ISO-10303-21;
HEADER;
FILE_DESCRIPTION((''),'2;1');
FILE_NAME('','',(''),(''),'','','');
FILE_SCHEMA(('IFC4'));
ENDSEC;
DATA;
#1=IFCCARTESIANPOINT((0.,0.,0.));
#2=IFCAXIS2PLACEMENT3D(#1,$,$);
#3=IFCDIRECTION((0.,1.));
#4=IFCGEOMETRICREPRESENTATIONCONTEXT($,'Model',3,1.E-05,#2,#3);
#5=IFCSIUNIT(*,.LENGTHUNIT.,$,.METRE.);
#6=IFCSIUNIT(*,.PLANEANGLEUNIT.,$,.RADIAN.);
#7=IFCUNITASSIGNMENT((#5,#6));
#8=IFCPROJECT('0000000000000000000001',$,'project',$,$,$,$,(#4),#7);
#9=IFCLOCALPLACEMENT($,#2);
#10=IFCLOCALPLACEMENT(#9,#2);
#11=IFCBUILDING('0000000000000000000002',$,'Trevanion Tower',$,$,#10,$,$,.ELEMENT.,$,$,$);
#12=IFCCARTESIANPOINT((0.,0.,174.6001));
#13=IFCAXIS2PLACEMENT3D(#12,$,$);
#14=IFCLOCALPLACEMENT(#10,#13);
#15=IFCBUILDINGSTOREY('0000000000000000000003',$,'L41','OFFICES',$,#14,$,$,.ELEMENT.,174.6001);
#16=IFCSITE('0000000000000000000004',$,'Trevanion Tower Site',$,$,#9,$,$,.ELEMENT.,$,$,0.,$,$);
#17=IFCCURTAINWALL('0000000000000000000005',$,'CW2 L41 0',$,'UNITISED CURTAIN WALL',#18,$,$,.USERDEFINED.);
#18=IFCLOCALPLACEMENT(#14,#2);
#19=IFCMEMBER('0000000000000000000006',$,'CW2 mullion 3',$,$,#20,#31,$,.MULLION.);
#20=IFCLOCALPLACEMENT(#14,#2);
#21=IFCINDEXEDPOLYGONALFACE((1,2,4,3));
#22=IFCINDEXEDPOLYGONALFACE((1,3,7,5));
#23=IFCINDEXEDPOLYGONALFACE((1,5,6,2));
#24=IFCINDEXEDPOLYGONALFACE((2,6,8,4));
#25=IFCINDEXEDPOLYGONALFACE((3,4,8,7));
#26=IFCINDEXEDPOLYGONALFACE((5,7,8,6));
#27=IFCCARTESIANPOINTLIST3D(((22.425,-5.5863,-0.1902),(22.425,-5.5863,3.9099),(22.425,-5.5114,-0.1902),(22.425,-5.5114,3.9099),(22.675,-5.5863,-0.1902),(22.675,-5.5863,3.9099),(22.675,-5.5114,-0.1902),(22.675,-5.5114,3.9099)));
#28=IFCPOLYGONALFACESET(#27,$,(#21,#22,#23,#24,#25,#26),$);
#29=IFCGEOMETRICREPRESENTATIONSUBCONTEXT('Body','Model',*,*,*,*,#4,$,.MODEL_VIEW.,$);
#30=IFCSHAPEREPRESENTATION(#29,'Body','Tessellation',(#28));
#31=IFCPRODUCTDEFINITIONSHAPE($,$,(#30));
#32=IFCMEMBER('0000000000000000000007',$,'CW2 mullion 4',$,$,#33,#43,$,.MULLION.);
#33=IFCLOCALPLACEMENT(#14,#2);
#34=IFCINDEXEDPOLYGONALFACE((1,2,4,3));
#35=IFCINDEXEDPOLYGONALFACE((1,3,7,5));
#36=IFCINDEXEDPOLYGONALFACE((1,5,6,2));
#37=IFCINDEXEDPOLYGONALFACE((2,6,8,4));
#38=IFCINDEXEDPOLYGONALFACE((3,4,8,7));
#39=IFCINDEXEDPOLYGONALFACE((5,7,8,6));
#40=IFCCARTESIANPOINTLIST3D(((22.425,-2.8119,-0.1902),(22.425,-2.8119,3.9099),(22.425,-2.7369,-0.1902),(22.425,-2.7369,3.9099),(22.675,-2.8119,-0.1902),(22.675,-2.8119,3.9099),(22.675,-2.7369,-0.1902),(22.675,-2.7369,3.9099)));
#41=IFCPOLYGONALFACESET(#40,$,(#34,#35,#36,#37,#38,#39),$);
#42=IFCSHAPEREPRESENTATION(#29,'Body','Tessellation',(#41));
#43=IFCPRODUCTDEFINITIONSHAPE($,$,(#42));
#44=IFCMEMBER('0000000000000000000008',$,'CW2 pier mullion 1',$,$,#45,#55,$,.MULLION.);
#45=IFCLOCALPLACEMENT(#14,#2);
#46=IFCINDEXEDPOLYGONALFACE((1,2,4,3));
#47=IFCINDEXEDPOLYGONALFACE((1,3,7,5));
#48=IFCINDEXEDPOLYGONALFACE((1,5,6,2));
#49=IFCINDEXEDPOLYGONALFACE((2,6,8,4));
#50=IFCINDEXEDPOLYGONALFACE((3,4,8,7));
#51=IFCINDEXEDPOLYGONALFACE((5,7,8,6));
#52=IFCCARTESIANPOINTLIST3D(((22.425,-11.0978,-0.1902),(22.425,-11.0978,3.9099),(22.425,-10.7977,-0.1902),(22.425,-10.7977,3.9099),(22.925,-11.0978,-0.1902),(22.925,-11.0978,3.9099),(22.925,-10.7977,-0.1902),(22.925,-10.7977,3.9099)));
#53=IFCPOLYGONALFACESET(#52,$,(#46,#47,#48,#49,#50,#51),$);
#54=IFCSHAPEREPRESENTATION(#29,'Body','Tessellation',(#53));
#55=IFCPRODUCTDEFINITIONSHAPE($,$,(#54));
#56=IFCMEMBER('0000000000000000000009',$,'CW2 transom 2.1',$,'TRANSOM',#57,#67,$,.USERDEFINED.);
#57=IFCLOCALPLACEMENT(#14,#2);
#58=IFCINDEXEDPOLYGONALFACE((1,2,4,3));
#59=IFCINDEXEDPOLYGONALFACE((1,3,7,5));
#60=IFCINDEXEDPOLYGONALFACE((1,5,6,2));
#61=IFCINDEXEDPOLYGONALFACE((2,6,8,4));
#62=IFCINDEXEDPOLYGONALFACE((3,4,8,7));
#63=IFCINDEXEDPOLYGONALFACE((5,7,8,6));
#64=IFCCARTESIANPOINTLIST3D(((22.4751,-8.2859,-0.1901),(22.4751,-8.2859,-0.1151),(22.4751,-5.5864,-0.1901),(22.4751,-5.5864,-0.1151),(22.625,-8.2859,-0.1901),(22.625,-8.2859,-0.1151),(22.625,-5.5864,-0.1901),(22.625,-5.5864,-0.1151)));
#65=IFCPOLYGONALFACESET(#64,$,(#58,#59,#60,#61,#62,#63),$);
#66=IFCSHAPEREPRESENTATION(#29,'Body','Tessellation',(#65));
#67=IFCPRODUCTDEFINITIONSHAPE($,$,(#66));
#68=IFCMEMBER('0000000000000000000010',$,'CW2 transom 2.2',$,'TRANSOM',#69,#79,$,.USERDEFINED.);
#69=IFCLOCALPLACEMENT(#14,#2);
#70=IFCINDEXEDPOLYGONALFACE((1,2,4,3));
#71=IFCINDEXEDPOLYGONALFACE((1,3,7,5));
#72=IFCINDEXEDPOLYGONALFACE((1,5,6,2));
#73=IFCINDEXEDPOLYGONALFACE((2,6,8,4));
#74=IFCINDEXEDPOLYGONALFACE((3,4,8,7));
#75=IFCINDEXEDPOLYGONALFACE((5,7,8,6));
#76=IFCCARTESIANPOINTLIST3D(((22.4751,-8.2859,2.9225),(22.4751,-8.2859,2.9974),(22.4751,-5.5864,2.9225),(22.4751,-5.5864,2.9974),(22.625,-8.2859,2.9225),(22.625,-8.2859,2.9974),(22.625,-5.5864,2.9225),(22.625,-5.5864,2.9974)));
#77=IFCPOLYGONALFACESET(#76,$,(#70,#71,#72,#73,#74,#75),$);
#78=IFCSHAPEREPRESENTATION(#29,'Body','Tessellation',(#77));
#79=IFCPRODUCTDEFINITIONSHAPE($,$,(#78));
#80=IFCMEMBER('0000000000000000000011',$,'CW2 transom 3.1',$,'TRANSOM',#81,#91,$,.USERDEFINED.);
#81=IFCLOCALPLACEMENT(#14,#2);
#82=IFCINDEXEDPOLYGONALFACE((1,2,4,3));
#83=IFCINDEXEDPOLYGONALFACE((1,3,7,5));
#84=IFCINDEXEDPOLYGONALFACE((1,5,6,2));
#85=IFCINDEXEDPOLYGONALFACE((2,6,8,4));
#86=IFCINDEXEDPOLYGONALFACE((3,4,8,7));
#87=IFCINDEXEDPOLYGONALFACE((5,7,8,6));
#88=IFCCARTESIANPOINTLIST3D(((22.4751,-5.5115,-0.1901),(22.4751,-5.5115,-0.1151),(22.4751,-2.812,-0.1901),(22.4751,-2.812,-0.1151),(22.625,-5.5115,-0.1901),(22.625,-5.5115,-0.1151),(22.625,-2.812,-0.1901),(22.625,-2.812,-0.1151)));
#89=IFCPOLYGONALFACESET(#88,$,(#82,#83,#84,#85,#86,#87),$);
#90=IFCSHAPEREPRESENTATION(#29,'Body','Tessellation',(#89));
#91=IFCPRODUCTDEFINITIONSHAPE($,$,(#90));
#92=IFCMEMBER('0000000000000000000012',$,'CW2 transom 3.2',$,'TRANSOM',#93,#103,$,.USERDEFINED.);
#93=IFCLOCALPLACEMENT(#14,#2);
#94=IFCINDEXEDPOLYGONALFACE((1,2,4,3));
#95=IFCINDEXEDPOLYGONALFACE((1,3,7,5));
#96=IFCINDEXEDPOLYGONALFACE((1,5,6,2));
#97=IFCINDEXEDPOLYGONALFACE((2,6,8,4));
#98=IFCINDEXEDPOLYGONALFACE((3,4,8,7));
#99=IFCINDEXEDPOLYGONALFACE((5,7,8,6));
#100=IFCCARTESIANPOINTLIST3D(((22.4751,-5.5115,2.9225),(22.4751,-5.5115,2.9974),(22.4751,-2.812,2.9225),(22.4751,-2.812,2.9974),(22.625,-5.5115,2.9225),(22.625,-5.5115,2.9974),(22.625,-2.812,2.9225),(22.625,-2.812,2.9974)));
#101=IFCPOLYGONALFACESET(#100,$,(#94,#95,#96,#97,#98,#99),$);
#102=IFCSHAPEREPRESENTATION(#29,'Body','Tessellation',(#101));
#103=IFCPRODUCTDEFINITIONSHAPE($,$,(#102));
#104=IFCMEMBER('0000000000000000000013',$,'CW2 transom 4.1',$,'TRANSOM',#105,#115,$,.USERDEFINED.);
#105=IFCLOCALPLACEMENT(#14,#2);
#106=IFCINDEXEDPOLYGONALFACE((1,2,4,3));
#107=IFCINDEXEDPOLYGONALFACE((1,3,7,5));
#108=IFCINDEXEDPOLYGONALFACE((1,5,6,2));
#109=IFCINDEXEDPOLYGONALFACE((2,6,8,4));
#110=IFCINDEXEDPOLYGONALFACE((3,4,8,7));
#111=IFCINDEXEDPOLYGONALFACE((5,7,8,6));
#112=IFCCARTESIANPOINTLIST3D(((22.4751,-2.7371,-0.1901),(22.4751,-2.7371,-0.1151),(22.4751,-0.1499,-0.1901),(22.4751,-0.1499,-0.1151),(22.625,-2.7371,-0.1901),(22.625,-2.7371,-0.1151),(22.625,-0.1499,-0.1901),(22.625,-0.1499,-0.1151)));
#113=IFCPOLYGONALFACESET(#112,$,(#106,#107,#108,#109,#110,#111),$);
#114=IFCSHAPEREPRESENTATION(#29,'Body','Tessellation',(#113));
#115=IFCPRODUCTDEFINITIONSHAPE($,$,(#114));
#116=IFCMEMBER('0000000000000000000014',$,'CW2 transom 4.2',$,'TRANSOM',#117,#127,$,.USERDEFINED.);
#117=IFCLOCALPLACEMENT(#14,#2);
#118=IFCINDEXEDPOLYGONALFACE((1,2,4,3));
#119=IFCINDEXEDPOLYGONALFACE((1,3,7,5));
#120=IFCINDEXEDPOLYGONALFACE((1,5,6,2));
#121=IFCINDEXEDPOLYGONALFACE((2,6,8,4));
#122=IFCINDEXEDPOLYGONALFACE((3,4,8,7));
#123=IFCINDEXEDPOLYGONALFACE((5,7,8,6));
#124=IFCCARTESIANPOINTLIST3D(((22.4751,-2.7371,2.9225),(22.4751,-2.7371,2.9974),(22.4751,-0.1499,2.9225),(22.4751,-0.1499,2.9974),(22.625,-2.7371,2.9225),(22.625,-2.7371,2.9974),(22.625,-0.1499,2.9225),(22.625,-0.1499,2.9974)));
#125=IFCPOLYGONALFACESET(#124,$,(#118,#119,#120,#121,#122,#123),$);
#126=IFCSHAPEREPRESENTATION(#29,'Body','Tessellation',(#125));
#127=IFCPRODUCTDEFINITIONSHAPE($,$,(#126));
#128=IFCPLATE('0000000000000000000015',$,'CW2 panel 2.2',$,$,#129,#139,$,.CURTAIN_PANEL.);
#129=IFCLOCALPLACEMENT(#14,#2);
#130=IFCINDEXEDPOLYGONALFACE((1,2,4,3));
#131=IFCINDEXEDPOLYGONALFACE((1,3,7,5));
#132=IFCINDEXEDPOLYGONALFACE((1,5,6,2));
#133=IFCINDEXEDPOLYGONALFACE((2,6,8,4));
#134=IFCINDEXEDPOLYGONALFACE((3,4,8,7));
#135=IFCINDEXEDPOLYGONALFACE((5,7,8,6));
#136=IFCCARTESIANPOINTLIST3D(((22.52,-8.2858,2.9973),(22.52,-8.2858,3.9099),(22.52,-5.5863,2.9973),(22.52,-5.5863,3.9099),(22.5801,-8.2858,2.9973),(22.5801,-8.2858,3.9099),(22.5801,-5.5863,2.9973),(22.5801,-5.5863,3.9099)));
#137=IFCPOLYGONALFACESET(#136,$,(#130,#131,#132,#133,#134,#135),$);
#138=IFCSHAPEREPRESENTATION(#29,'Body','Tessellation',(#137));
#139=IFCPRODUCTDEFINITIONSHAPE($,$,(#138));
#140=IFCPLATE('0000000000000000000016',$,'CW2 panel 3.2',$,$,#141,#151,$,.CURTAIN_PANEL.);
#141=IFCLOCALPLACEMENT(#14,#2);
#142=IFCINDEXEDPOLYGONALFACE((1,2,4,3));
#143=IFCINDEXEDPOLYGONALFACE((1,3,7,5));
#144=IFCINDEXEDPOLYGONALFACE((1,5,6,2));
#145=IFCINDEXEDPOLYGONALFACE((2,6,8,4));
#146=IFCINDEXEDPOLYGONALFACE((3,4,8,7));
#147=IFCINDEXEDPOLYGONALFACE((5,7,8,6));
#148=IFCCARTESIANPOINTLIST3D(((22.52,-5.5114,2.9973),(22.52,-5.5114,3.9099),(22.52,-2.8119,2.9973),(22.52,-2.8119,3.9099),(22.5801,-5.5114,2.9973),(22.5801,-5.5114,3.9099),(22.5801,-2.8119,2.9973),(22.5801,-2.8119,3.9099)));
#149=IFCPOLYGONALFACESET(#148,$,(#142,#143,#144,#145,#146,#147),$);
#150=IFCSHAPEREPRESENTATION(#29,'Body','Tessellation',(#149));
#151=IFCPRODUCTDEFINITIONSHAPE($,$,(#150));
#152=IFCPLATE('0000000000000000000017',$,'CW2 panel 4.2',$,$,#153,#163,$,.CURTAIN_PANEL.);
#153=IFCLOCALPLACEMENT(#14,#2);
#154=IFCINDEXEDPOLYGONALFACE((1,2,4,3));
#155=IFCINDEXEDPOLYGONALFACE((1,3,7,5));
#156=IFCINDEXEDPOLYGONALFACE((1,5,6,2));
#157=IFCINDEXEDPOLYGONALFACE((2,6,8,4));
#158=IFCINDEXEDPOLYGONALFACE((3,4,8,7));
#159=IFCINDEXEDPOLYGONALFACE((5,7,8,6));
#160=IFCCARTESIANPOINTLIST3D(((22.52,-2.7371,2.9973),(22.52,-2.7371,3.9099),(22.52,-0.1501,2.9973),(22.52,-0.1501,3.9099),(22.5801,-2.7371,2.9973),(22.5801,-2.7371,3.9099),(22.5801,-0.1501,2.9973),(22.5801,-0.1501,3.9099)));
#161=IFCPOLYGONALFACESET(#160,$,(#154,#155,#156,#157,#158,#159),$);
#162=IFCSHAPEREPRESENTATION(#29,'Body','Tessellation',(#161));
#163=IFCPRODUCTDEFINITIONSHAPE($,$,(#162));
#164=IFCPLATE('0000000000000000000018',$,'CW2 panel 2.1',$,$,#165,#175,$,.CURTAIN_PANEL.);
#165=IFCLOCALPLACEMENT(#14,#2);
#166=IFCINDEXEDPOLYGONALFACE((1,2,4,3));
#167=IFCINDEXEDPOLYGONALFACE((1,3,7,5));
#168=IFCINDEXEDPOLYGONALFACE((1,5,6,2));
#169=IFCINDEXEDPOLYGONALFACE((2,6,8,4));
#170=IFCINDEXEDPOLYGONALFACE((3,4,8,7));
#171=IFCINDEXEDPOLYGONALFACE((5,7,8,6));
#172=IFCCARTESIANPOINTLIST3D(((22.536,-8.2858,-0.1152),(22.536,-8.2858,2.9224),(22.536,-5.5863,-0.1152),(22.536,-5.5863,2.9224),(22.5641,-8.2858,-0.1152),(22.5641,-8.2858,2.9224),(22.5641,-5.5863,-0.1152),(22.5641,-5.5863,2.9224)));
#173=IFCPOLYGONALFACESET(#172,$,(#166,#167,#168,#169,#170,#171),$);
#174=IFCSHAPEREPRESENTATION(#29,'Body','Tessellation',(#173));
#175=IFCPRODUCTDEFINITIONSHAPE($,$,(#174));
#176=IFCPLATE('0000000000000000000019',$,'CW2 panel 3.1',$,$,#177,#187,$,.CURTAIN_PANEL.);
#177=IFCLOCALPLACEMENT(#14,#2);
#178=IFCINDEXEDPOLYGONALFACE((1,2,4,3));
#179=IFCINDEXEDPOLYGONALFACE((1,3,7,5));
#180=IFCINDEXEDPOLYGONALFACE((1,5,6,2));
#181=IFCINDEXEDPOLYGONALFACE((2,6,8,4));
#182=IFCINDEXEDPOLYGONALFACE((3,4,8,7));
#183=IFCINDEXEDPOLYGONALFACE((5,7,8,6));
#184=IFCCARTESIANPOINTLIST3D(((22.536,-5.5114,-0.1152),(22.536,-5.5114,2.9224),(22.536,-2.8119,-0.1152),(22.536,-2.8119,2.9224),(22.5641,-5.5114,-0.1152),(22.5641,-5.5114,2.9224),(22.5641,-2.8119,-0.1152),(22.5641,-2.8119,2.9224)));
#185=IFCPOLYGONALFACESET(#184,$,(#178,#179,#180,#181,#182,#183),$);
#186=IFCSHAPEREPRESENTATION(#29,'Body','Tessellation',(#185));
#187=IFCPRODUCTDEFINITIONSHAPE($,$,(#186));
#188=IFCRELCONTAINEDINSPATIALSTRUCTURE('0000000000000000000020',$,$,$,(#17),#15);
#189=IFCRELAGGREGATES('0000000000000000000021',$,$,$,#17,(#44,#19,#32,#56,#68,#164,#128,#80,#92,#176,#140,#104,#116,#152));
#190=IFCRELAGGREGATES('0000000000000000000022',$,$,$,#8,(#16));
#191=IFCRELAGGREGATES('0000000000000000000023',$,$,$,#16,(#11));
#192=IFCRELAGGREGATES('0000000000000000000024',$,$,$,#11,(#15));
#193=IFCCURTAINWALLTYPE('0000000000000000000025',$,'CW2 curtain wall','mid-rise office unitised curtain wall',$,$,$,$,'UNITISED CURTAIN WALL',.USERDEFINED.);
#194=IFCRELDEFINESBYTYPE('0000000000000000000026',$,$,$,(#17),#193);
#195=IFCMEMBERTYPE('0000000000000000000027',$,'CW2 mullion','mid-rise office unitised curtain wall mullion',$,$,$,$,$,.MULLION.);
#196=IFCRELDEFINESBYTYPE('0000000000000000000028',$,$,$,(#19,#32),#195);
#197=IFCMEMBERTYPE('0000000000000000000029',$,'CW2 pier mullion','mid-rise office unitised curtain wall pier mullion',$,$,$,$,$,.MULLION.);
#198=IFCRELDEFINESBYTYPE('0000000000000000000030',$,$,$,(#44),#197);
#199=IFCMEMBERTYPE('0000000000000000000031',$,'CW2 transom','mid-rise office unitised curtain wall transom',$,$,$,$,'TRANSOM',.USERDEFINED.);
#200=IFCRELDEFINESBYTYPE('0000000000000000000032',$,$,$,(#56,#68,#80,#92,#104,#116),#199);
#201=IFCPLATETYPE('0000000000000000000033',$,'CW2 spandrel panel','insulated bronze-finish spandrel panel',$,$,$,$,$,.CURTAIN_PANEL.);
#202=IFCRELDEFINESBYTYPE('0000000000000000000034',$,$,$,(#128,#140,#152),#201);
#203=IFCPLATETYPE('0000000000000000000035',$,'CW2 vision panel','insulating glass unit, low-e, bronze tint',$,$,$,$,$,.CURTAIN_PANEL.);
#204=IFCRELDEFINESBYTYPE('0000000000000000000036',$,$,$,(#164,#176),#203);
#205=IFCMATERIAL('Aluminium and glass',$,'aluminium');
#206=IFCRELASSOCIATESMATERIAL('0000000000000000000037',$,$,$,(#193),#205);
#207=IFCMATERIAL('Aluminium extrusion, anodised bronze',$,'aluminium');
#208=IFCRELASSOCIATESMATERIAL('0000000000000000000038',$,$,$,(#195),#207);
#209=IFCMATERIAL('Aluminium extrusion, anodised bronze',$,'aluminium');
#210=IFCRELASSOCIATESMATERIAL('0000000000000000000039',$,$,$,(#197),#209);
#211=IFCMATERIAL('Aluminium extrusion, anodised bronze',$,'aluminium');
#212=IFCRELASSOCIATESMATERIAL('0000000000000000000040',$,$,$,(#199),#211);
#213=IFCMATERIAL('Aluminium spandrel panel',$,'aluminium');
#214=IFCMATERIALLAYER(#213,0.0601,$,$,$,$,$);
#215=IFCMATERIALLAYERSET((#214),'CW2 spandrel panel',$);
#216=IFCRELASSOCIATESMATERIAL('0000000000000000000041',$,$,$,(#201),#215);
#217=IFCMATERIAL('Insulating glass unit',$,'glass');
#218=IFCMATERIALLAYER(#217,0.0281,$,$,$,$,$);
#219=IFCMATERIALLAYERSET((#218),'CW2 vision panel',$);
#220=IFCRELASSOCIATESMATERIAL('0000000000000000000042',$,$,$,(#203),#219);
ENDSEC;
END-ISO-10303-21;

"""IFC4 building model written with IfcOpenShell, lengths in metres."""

from ifc_helpers import new_model, si_unit, direction, frame, origin, origin_2d, place, context, subcontext, project, spatial, rectangle, extrude, material, layer, layer_set, material_profile, profile_set, type_object, element, aggregate, save


model = new_model("IFC4")

# Units and contexts
model_context = context("Model", 3, precision=1e-05, world=origin(), true_north=direction((0.0, 1.0)))
body_context = subcontext(model_context, "Body", "Model", "MODEL_VIEW")
ifc_project = project(units=[si_unit("LENGTHUNIT", "METRE"), si_unit("PLANEANGLEUNIT", "RADIAN")], contexts=[model_context])

# Site, building, storey
site_placement = place(None, origin())
site = spatial("IfcSite", under=ifc_project, at=site_placement, Name="Trevanion Tower Site", CompositionType="ELEMENT", RefElevation=0.0)
building_placement = place(site_placement, origin())
building = spatial("IfcBuilding", under=site, at=building_placement, Name="Trevanion Tower", CompositionType="ELEMENT")
storey_placement = place(building_placement, frame((0.0, 0.0, 174.6001)))
storey = spatial("IfcBuildingStorey", under=building, at=storey_placement, Name="L41", Description="OFFICES", CompositionType="ELEMENT", Elevation=174.6001)

# Curtain wall, members, plates
ifc_material_1 = material(Name="Aluminium and glass", Category="aluminium")
curtain_wall_type = type_object("IfcCurtainWallType", Name="CW2 curtain wall", Description="mid-rise office unitised curtain wall", ElementType="UNITISED CURTAIN WALL", PredefinedType="USERDEFINED", material=ifc_material_1)
curtain_wall_placement = place(storey_placement, origin())
curtain_wall = element("IfcCurtainWall", 1, at=curtain_wall_placement, inside=storey, type_object=curtain_wall_type, Name="CW2 L41 0", ObjectType="UNITISED CURTAIN WALL", PredefinedType="USERDEFINED")
ifc_material_2 = material(Name="Aluminium extrusion, anodised bronze", Category="aluminium")
ifc_material_profile_1 = material_profile(ifc_material_2, rectangle(XDim=0.075, YDim=0.25, at=origin_2d()), Name="CW2 mullion")
ifc_profile_set_1 = profile_set([ifc_material_profile_1], Name="Aluminium extrusion, anodised bronze")
member_type_1 = type_object("IfcMemberType", Name="CW2 mullion", Description="mid-rise office unitised curtain wall mullion", PredefinedType="MULLION", material=ifc_profile_set_1)
member_1_placement = place(storey_placement, frame((22.55, -5.5488, -0.1902), z_axis=(0.0, 0.0, 1.0), x_axis=(0.0, 1.0, 0.0)))
member_1 = element("IfcMember", 2, at=member_1_placement, type_object=member_type_1, Name="CW2 mullion 3", PredefinedType="MULLION", context=body_context, shape_type="SweptSolid", body=[
    extrude(rectangle(XDim=0.075, YDim=0.25, at=origin_2d()), origin(), (0.0, 0.0, 1.0), 4.1001),
])
member_2_placement = place(storey_placement, frame((22.55, -2.7744, -0.1902), z_axis=(0.0, 0.0, 1.0), x_axis=(0.0, 1.0, 0.0)))
member_2 = element("IfcMember", 3, at=member_2_placement, type_object=member_type_1, Name="CW2 mullion 4", PredefinedType="MULLION", context=body_context, shape_type="SweptSolid", body=[
    extrude(rectangle(XDim=0.075, YDim=0.25, at=origin_2d()), origin(), (0.0, 0.0, 1.0), 4.1001),
])
ifc_material_3 = material(Name="Aluminium extrusion, anodised bronze", Category="aluminium")
ifc_material_profile_2 = material_profile(ifc_material_3, rectangle(XDim=0.3, YDim=0.5, at=origin_2d()), Name="CW2 pier mullion")
ifc_profile_set_2 = profile_set([ifc_material_profile_2], Name="Aluminium extrusion, anodised bronze")
member_type_2 = type_object("IfcMemberType", Name="CW2 pier mullion", Description="mid-rise office unitised curtain wall pier mullion", PredefinedType="MULLION", material=ifc_profile_set_2)
member_3_placement = place(storey_placement, frame((22.675, -10.9478, -0.1902), z_axis=(0.0, 0.0, 1.0), x_axis=(0.0, 1.0, 0.0)))
member_3 = element("IfcMember", 4, at=member_3_placement, type_object=member_type_2, Name="CW2 pier mullion 1", PredefinedType="MULLION", context=body_context, shape_type="SweptSolid", body=[
    extrude(rectangle(XDim=0.3, YDim=0.5, at=origin_2d()), origin(), (0.0, 0.0, 1.0), 4.1001),
])
ifc_material_4 = material(Name="Aluminium extrusion, anodised bronze", Category="aluminium")
ifc_material_profile_3 = material_profile(ifc_material_4, rectangle(XDim=0.1499, YDim=0.075, at=origin_2d()), Name="CW2 transom")
ifc_profile_set_3 = profile_set([ifc_material_profile_3], Name="Aluminium extrusion, anodised bronze")
member_type_3 = type_object("IfcMemberType", Name="CW2 transom", Description="mid-rise office unitised curtain wall transom", ElementType="TRANSOM", PredefinedType="USERDEFINED", material=ifc_profile_set_3)
member_4_placement = place(storey_placement, frame((22.55, -8.2859, -0.1526), z_axis=(0.0, 1.0, 0.0), x_axis=(-1.0, 0.0, 0.0)))
member_4 = element("IfcMember", 5, at=member_4_placement, type_object=member_type_3, Name="CW2 transom 2.1", ObjectType="TRANSOM", PredefinedType="USERDEFINED", context=body_context, shape_type="SweptSolid", body=[
    extrude(rectangle(XDim=0.1499, YDim=0.075, at=origin_2d()), origin(), (0.0, 0.0, 1.0), 2.6995),
])
member_5_placement = place(storey_placement, frame((22.55, -8.2859, 2.96), z_axis=(0.0, 1.0, 0.0), x_axis=(-1.0, 0.0, 0.0)))
member_5 = element("IfcMember", 6, at=member_5_placement, type_object=member_type_3, Name="CW2 transom 2.2", ObjectType="TRANSOM", PredefinedType="USERDEFINED", context=body_context, shape_type="SweptSolid", body=[
    extrude(rectangle(XDim=0.1499, YDim=0.075, at=origin_2d()), origin(), (0.0, 0.0, 1.0), 2.6995),
])
member_6_placement = place(storey_placement, frame((22.55, -5.5115, -0.1526), z_axis=(0.0, 1.0, 0.0), x_axis=(-1.0, 0.0, 0.0)))
member_6 = element("IfcMember", 7, at=member_6_placement, type_object=member_type_3, Name="CW2 transom 3.1", ObjectType="TRANSOM", PredefinedType="USERDEFINED", context=body_context, shape_type="SweptSolid", body=[
    extrude(rectangle(XDim=0.1499, YDim=0.075, at=origin_2d()), origin(), (0.0, 0.0, 1.0), 2.6995),
])
member_7_placement = place(storey_placement, frame((22.55, -5.5115, 2.96), z_axis=(0.0, 1.0, 0.0), x_axis=(-1.0, 0.0, 0.0)))
member_7 = element("IfcMember", 8, at=member_7_placement, type_object=member_type_3, Name="CW2 transom 3.2", ObjectType="TRANSOM", PredefinedType="USERDEFINED", context=body_context, shape_type="SweptSolid", body=[
    extrude(rectangle(XDim=0.1499, YDim=0.075, at=origin_2d()), origin(), (0.0, 0.0, 1.0), 2.6995),
])
member_8_placement = place(storey_placement, frame((22.55, -2.7371, -0.1526), z_axis=(0.0, 1.0, 0.0), x_axis=(-1.0, 0.0, 0.0)))
member_8 = element("IfcMember", 9, at=member_8_placement, type_object=member_type_3, Name="CW2 transom 4.1", ObjectType="TRANSOM", PredefinedType="USERDEFINED", context=body_context, shape_type="SweptSolid", body=[
    extrude(rectangle(XDim=0.1499, YDim=0.075, at=origin_2d()), origin(), (0.0, 0.0, 1.0), 2.5872),
])
member_9_placement = place(storey_placement, frame((22.55, -2.7371, 2.96), z_axis=(0.0, 1.0, 0.0), x_axis=(-1.0, 0.0, 0.0)))
member_9 = element("IfcMember", 10, at=member_9_placement, type_object=member_type_3, Name="CW2 transom 4.2", ObjectType="TRANSOM", PredefinedType="USERDEFINED", context=body_context, shape_type="SweptSolid", body=[
    extrude(rectangle(XDim=0.1499, YDim=0.075, at=origin_2d()), origin(), (0.0, 0.0, 1.0), 2.5872),
])
ifc_material_5 = material(Name="Aluminium spandrel panel", Category="aluminium")
ifc_layer_1 = layer(ifc_material_5, 0.0601)
ifc_layer_set_1 = layer_set([ifc_layer_1], Name="CW2 spandrel panel")
plate_type_1 = type_object("IfcPlateType", Name="CW2 spandrel panel", Description="insulated bronze-finish spandrel panel", PredefinedType="CURTAIN_PANEL", material=ifc_layer_set_1)
plate_1_placement = place(storey_placement, frame((22.55, -6.936, 2.9973), z_axis=(0.0, 0.0, 1.0), x_axis=(0.0, 1.0, 0.0)))
plate_1 = element("IfcPlate", 11, at=plate_1_placement, type_object=plate_type_1, Name="CW2 panel 2.2", PredefinedType="CURTAIN_PANEL", context=body_context, shape_type="SweptSolid", body=[
    extrude(rectangle(XDim=2.6995, YDim=0.0601, at=origin_2d()), origin(), (0.0, 0.0, 1.0), 0.9126),
])
plate_2_placement = place(storey_placement, frame((22.55, -4.1616, 2.9973), z_axis=(0.0, 0.0, 1.0), x_axis=(0.0, 1.0, 0.0)))
plate_2 = element("IfcPlate", 12, at=plate_2_placement, type_object=plate_type_1, Name="CW2 panel 3.2", PredefinedType="CURTAIN_PANEL", context=body_context, shape_type="SweptSolid", body=[
    extrude(rectangle(XDim=2.6995, YDim=0.0601, at=origin_2d()), origin(), (0.0, 0.0, 1.0), 0.9126),
])
plate_3_placement = place(storey_placement, frame((22.55, -1.4436, 2.9973), z_axis=(0.0, 0.0, 1.0), x_axis=(0.0, 1.0, 0.0)))
plate_3 = element("IfcPlate", 13, at=plate_3_placement, type_object=plate_type_1, Name="CW2 panel 4.2", PredefinedType="CURTAIN_PANEL", context=body_context, shape_type="SweptSolid", body=[
    extrude(rectangle(XDim=2.5869, YDim=0.0601, at=origin_2d()), origin(), (0.0, 0.0, 1.0), 0.9126),
])
ifc_material_6 = material(Name="Insulating glass unit", Category="glass")
ifc_layer_2 = layer(ifc_material_6, 0.0281)
ifc_layer_set_2 = layer_set([ifc_layer_2], Name="CW2 vision panel")
plate_type_2 = type_object("IfcPlateType", Name="CW2 vision panel", Description="insulating glass unit, low-e, bronze tint", PredefinedType="CURTAIN_PANEL", material=ifc_layer_set_2)
plate_4_placement = place(storey_placement, frame((22.55, -6.936, -0.1152), z_axis=(0.0, 0.0, 1.0), x_axis=(0.0, 1.0, 0.0)))
plate_4 = element("IfcPlate", 14, at=plate_4_placement, type_object=plate_type_2, Name="CW2 panel 2.1", PredefinedType="CURTAIN_PANEL", context=body_context, shape_type="SweptSolid", body=[
    extrude(rectangle(XDim=2.6995, YDim=0.0281, at=origin_2d()), origin(), (0.0, 0.0, 1.0), 3.0376),
])
plate_5_placement = place(storey_placement, frame((22.55, -4.1616, -0.1152), z_axis=(0.0, 0.0, 1.0), x_axis=(0.0, 1.0, 0.0)))
plate_5 = element("IfcPlate", 15, at=plate_5_placement, type_object=plate_type_2, Name="CW2 panel 3.1", PredefinedType="CURTAIN_PANEL", context=body_context, shape_type="SweptSolid", body=[
    extrude(rectangle(XDim=2.6995, YDim=0.0281, at=origin_2d()), origin(), (0.0, 0.0, 1.0), 3.0376),
])
aggregate(curtain_wall, [member_3, member_1, member_2, member_4, member_5, plate_4, plate_1, member_6, member_7, plate_5, plate_2, member_8, member_9, plate_3])

save(model, "model.ifc")
